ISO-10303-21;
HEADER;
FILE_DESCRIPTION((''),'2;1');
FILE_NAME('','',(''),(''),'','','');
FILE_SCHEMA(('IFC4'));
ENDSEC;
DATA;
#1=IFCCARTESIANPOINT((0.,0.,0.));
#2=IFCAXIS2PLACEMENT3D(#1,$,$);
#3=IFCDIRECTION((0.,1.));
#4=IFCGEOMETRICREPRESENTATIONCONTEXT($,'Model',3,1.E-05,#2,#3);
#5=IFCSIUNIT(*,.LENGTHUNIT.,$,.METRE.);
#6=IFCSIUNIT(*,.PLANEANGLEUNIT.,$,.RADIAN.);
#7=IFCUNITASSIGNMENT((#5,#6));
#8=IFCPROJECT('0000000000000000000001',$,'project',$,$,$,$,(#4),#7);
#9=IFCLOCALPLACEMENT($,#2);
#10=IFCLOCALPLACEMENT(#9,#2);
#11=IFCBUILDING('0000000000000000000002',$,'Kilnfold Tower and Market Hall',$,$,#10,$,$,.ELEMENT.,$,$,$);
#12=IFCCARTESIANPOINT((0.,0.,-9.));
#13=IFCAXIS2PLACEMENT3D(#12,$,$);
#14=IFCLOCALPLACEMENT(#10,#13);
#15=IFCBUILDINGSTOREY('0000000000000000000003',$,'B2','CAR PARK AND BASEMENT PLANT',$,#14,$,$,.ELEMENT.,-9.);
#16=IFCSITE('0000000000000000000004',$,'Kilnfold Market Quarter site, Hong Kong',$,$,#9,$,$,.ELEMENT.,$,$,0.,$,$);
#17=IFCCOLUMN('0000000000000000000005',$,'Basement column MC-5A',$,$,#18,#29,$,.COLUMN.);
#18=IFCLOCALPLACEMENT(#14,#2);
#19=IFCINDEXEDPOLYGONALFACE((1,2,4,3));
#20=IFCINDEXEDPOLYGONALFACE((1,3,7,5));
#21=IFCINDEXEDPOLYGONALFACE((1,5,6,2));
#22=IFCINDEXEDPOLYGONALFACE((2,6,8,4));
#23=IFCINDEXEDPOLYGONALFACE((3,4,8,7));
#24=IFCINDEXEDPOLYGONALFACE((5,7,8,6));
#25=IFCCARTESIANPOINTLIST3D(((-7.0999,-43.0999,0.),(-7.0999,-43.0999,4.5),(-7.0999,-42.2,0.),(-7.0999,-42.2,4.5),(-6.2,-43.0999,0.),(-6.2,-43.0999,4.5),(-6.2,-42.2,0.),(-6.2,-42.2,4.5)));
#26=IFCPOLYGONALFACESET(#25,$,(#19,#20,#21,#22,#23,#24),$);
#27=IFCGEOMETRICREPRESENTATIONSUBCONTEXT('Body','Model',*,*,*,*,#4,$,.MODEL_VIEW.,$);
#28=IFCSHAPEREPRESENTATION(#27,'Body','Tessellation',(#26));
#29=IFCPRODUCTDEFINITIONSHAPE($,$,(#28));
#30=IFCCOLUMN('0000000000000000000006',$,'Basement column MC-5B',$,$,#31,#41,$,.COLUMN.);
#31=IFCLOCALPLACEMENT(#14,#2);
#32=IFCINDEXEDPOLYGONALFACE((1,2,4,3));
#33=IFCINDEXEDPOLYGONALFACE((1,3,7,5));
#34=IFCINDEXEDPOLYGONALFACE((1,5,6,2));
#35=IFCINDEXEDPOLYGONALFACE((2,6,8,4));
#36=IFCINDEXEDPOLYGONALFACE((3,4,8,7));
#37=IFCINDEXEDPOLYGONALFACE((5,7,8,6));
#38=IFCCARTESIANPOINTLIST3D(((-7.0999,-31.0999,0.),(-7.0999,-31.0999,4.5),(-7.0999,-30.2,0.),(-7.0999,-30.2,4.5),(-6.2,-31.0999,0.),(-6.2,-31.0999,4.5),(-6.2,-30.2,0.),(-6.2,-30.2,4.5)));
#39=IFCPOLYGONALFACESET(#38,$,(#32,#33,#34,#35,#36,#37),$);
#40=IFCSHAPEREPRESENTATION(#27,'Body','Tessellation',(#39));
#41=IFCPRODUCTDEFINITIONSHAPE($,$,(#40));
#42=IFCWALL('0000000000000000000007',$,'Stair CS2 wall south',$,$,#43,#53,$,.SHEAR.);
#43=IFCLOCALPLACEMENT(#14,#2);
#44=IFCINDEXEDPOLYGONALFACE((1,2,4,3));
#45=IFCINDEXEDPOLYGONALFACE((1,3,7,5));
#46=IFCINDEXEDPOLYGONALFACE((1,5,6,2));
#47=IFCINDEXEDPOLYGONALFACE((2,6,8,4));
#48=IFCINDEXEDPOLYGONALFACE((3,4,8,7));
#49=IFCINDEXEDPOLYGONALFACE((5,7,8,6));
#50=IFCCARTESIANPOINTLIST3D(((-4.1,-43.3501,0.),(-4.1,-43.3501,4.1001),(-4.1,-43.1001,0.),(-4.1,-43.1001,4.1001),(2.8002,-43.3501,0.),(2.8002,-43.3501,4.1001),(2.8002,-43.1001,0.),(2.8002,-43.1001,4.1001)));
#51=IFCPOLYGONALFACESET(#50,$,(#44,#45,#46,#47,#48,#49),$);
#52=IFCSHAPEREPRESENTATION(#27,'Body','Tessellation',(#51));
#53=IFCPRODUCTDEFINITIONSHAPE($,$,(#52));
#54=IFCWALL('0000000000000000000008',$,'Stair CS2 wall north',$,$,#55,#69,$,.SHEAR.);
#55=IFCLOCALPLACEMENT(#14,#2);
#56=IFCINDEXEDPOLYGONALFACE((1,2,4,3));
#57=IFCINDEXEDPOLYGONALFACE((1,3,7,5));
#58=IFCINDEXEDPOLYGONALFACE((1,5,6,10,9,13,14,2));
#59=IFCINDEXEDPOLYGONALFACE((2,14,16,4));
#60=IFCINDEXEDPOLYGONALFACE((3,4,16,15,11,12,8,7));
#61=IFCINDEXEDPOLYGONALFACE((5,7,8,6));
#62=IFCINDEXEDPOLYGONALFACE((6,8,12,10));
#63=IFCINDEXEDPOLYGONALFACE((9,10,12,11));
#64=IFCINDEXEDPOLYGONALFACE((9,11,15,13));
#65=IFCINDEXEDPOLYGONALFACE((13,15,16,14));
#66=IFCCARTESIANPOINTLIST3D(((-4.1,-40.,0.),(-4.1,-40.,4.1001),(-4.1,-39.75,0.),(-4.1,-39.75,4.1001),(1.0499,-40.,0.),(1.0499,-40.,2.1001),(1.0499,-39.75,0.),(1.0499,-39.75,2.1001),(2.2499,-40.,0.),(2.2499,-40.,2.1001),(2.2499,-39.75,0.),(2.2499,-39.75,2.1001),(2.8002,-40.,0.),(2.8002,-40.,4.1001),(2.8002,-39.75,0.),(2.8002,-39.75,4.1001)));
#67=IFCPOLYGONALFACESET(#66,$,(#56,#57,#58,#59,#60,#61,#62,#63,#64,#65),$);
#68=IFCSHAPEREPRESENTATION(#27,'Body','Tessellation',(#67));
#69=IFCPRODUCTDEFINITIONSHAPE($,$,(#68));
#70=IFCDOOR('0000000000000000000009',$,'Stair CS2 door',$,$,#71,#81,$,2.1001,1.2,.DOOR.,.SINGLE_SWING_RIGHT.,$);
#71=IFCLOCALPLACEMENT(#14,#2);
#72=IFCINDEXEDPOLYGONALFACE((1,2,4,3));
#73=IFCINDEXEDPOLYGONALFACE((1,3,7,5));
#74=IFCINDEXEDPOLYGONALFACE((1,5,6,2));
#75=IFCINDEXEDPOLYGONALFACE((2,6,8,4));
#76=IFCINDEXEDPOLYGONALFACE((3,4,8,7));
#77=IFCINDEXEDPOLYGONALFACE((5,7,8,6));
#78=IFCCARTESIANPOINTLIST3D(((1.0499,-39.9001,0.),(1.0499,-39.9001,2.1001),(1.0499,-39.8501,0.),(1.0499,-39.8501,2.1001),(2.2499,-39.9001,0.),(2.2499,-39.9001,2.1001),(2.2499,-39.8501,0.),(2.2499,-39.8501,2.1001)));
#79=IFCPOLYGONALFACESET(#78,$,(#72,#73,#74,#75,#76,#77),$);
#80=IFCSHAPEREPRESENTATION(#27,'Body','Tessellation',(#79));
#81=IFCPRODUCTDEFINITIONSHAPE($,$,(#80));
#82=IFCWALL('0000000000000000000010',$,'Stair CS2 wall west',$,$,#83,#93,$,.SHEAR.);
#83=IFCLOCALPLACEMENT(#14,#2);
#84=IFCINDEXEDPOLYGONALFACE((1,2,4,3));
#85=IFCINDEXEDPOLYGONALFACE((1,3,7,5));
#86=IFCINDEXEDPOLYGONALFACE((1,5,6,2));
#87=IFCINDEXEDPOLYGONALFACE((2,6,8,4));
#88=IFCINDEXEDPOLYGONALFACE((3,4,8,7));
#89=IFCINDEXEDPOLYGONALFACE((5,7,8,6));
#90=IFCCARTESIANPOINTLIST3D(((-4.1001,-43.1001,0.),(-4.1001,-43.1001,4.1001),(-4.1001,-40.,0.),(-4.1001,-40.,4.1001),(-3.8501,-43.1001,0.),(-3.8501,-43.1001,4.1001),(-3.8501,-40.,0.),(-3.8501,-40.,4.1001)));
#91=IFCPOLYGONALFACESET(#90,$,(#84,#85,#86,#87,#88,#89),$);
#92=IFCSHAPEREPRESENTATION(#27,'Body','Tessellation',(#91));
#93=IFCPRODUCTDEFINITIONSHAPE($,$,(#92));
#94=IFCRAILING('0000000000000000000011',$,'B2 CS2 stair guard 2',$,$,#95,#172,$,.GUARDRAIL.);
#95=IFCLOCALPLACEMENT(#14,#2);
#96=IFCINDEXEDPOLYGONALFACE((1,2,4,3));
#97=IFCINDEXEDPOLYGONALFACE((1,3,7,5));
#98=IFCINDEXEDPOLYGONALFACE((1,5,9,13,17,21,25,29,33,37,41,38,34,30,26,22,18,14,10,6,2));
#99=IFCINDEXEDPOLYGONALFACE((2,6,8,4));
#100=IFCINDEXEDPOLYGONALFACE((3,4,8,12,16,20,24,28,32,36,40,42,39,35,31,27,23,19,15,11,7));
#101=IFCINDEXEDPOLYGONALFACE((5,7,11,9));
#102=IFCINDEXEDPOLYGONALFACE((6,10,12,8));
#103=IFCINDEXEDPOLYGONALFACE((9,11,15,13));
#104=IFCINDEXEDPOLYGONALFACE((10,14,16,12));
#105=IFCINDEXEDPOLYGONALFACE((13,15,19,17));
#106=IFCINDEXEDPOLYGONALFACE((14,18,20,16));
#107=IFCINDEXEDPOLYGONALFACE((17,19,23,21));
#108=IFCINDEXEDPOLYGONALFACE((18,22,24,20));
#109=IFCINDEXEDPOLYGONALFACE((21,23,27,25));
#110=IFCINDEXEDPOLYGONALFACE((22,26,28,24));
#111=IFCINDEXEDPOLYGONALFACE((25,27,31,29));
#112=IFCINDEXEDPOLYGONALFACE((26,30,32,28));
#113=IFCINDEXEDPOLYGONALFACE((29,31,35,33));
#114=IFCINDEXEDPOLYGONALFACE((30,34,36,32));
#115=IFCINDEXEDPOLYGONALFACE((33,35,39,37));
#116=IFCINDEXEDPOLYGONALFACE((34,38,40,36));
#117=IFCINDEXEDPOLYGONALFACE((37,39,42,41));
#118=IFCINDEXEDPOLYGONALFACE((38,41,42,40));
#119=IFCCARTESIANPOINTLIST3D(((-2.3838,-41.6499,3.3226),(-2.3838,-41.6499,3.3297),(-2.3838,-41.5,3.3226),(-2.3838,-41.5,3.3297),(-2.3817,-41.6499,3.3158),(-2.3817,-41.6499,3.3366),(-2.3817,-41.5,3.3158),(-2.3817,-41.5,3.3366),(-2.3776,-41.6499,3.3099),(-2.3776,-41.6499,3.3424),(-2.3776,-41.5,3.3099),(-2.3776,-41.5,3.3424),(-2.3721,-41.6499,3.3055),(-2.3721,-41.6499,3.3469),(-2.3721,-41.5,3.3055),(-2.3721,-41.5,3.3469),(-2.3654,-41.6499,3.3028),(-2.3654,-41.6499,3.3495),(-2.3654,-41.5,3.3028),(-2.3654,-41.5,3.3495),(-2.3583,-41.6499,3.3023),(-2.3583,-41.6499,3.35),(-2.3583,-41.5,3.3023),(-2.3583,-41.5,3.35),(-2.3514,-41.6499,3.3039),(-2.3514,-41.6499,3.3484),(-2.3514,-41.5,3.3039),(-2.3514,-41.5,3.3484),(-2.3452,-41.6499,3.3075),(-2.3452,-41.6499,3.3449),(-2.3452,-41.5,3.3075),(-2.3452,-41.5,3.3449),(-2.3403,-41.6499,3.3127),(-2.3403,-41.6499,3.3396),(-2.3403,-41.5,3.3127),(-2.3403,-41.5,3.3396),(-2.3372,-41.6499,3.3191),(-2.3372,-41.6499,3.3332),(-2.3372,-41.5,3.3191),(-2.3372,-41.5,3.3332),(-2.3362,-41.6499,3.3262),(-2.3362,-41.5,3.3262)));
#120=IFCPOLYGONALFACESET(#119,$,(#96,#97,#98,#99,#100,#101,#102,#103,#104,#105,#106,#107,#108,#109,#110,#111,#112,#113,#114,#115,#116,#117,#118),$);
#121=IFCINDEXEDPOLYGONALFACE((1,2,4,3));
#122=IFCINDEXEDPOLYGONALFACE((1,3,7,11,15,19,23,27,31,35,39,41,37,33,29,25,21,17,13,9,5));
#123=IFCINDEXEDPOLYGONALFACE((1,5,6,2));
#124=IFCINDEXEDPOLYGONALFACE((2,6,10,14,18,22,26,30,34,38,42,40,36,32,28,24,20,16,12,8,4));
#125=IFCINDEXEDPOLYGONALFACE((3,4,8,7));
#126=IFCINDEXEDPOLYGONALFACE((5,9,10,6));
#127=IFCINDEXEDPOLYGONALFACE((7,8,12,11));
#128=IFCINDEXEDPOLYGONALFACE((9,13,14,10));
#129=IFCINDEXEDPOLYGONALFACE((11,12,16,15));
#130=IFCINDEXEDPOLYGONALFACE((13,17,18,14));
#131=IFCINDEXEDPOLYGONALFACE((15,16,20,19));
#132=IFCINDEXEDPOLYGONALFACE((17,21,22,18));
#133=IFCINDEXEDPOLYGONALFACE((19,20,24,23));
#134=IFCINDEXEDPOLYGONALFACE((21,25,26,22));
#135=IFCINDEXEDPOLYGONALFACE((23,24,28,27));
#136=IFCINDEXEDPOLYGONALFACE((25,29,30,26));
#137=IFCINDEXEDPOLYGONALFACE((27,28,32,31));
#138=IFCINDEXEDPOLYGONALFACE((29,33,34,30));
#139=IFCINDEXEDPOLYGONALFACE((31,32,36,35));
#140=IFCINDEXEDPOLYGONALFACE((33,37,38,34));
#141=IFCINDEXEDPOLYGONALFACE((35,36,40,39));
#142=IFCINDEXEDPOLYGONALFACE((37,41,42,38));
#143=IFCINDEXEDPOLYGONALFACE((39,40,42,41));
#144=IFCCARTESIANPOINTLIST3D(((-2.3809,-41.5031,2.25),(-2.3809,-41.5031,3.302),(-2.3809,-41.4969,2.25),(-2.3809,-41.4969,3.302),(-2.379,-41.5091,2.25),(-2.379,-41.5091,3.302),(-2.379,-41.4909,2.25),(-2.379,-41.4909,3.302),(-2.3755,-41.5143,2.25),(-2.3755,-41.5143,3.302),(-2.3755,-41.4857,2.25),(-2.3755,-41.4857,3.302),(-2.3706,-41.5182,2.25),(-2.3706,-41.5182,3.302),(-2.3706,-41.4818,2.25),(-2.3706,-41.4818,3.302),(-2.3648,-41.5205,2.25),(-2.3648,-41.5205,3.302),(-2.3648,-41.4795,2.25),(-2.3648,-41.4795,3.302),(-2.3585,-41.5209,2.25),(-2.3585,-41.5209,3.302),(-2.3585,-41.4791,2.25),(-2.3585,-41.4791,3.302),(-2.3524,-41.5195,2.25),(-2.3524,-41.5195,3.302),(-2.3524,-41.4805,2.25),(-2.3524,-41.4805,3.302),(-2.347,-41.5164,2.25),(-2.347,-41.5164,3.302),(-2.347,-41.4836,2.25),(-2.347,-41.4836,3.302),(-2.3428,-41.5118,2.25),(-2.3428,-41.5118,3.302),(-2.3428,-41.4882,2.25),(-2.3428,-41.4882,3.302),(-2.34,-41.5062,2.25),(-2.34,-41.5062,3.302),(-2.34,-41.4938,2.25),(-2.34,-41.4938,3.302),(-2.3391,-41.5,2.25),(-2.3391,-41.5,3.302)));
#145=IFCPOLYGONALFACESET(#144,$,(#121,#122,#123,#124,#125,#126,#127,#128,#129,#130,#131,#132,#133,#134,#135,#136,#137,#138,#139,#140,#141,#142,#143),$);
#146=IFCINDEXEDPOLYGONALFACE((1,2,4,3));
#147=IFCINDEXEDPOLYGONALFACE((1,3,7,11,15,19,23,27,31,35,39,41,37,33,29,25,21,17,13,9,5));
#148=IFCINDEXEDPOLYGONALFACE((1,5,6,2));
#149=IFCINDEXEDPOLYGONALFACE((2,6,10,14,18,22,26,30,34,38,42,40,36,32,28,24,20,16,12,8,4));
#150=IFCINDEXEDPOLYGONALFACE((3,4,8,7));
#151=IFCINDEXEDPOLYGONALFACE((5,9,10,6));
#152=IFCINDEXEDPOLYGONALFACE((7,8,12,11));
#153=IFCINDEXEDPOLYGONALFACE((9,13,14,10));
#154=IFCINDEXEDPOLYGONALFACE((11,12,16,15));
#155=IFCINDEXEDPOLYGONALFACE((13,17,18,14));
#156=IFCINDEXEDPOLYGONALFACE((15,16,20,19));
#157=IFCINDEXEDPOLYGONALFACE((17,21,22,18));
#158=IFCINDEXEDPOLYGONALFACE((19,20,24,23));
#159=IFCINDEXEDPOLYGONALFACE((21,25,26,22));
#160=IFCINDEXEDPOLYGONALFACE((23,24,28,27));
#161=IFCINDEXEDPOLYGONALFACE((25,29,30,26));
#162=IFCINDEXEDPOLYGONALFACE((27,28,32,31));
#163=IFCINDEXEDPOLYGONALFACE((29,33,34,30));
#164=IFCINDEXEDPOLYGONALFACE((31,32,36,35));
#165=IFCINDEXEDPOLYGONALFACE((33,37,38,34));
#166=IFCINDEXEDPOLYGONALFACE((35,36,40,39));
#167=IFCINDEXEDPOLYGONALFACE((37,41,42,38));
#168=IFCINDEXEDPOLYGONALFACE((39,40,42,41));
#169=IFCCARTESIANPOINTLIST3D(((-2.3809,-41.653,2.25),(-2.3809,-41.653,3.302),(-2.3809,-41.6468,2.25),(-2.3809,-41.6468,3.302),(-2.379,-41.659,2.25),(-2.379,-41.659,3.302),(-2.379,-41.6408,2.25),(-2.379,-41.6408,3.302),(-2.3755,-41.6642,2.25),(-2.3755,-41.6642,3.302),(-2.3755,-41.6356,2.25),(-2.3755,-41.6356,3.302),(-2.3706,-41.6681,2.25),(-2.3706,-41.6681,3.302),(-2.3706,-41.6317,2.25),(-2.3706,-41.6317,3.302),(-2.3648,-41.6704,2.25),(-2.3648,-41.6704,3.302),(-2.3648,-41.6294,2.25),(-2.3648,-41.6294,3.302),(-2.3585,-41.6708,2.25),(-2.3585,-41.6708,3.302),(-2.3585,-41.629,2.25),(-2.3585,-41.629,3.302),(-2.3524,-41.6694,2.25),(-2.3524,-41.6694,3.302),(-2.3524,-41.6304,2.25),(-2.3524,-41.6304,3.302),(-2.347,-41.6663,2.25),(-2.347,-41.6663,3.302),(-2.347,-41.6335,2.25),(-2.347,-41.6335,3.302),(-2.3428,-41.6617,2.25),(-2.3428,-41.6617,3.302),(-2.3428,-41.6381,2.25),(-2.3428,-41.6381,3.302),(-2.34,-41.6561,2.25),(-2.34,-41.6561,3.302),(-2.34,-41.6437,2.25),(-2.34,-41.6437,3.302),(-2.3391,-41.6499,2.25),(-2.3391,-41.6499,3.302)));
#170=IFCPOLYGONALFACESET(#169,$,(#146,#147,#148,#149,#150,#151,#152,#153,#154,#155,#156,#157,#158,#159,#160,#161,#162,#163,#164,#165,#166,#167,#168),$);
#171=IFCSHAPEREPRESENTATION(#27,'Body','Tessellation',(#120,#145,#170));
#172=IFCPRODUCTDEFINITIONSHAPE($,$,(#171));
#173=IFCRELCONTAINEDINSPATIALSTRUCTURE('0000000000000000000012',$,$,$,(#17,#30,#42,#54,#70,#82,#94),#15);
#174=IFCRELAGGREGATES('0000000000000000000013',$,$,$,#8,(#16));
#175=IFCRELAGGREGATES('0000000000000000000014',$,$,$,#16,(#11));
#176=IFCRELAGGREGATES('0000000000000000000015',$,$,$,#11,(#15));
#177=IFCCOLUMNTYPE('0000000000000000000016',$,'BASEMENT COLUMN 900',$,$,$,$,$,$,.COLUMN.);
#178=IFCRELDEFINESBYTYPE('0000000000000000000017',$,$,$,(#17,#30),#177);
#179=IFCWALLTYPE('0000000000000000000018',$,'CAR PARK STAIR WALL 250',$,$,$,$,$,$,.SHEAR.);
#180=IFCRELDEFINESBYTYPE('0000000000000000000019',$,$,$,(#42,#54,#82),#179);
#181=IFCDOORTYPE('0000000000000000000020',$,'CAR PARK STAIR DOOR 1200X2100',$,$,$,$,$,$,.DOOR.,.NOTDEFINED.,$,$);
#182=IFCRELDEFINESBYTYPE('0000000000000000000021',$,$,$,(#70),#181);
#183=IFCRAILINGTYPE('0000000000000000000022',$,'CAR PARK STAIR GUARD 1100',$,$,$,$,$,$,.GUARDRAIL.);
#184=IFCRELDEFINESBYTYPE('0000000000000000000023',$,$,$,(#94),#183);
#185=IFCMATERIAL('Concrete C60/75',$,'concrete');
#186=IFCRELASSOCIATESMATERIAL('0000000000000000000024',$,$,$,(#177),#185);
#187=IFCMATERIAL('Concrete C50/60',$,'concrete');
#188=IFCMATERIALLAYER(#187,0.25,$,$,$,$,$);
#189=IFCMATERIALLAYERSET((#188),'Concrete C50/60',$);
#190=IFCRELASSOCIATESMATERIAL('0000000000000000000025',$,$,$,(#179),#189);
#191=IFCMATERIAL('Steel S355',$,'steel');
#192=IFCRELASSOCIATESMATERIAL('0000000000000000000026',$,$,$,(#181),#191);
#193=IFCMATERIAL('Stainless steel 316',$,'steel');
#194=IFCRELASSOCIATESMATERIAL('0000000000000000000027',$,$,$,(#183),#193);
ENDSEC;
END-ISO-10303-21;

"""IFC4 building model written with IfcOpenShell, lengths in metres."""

from ifc_helpers import new_model, si_unit, direction, frame, frame_2d, origin, origin_2d, place, context, subcontext, project, spatial, rectangle, circle, extrude, source, transform, mapped, material, layer, layer_set, material_profile, profile_set, type_object, element, fill, save


model = new_model("IFC4")

# Units and contexts
model_context = context("Model", 3, precision=1e-05, world=origin(), true_north=direction((0.0, 1.0)))
body_context = subcontext(model_context, "Body", "Model", "MODEL_VIEW")
ifc_project = project(units=[si_unit("LENGTHUNIT", "METRE"), si_unit("PLANEANGLEUNIT", "RADIAN")], contexts=[model_context])

# Site, building, storey
site_placement = place(None, origin())
site = spatial("IfcSite", under=ifc_project, at=site_placement, Name="Kilnfold Market Quarter site, Hong Kong", CompositionType="ELEMENT", RefElevation=0.0)
building_placement = place(site_placement, origin())
building = spatial("IfcBuilding", under=site, at=building_placement, Name="Kilnfold Tower and Market Hall", CompositionType="ELEMENT")
storey_placement = place(building_placement, frame((0.0, 0.0, -9.0)))
storey = spatial("IfcBuildingStorey", under=building, at=storey_placement, Name="B2", Description="CAR PARK AND BASEMENT PLANT", CompositionType="ELEMENT", Elevation=-9.0)

# Columns
ifc_material_1 = material(Name="Concrete C60/75", Category="concrete")
ifc_material_profile_1 = material_profile(ifc_material_1, rectangle(XDim=0.8999, YDim=0.8999, at=origin_2d()), Name="RC 900x900")
ifc_profile_set_1 = profile_set([ifc_material_profile_1], Name="Concrete C60/75")
column_type_1 = type_object("IfcColumnType", Name="BASEMENT COLUMN 900", PredefinedType="COLUMN", material=ifc_profile_set_1)
shared_shape_1 = source(origin(), body_context, "Body", "SweptSolid", [
    extrude(rectangle(XDim=0.8999, YDim=0.8999, at=origin_2d()), origin(), (0.0, 0.0, 1.0), 4.5),
])
for number, where, z_axis, x_axis, name in (
    (1, (-6.6499, -42.6499, 0.0), (0.0, 0.0, 1.0), (1.0, 0.0, 0.0), "Basement column MC-5A"),
    (2, (-6.6499, -30.6499, 0.0), (0.0, 0.0, 1.0), (1.0, 0.0, 0.0), "Basement column MC-5B"),
):
    element("IfcColumn", number, at=place(storey_placement, frame(where, z_axis=z_axis, x_axis=x_axis)), inside=storey, type_object=column_type_1, Name=name, PredefinedType="COLUMN", context=body_context, shape_type="MappedRepresentation", body=[
        mapped(shared_shape_1, transform((0.0, 0.0, 0.0))),
    ])

# Wall
ifc_material_2 = material(Name="Concrete C50/60", Category="concrete")
ifc_layer = layer(ifc_material_2, 0.25)
ifc_layer_set = layer_set([ifc_layer], Name="Concrete C50/60")
wall_type = type_object("IfcWallType", Name="CAR PARK STAIR WALL 250", PredefinedType="SHEAR", material=ifc_layer_set)
shared_shape_2 = source(origin(), body_context, "Body", "SweptSolid", [
    extrude(rectangle(XDim=6.9001, YDim=0.25, at=frame_2d((3.4502, 0.0))), origin(), (0.0, 0.0, 1.0), 4.1001),
])
wall_1_placement = place(storey_placement, frame((-4.1001, -43.2251, 0.0), z_axis=(0.0, 0.0, 1.0), x_axis=(1.0, 0.0, 0.0)))
element("IfcWall", 3, at=wall_1_placement, inside=storey, type_object=wall_type, Name="Stair CS2 wall south", PredefinedType="SHEAR", context=body_context, shape_type="MappedRepresentation", body=[
    mapped(shared_shape_2, transform((0.0, 0.0, 0.0))),
])

# Wall, opening, door
wall_2_placement = place(storey_placement, frame((-4.1001, -39.875, 0.0), z_axis=(0.0, 0.0, 1.0), x_axis=(1.0, 0.0, 0.0)))
wall_2 = element("IfcWall", 4, at=wall_2_placement, inside=storey, type_object=wall_type, Name="Stair CS2 wall north", PredefinedType="SHEAR", context=body_context, shape_type="MappedRepresentation", body=[
    mapped(shared_shape_2, transform((0.0, 0.0, 0.0))),
])
opening_placement = place(wall_2_placement, frame((5.1499, 0.0, 0.0)))
opening = element("IfcOpeningElement", 5, at=opening_placement, cuts=wall_2, PredefinedType="OPENING", context=body_context, shape_type="SweptSolid", body=[
    extrude(rectangle(XDim=1.2, YDim=2.1001, at=frame_2d((0.6001, 1.05))), frame((0.0, 0.135, 0.0), z_axis=(0.0, -1.0, 0.0), x_axis=(1.0, 0.0, 0.0)), (0.0, 0.0, 1.0), 0.27),
])
ifc_material_3 = material(Name="Steel S355", Category="steel")
door_type = type_object("IfcDoorType", Name="CAR PARK STAIR DOOR 1200X2100", OperationType="NOTDEFINED", PredefinedType="DOOR", material=ifc_material_3)
door_placement = place(opening_placement, origin())
door = element("IfcDoor", 6, at=door_placement, inside=storey, type_object=door_type, Name="Stair CS2 door", OperationType="SINGLE_SWING_RIGHT", OverallHeight=2.1001, OverallWidth=1.2, PredefinedType="DOOR", context=body_context, shape_type="SweptSolid", body=[
    extrude(rectangle(XDim=1.2, YDim=2.1001, at=frame_2d((0.6001, 1.05))), frame((0.0, 0.0249, 0.0), z_axis=(0.0, -1.0, 0.0), x_axis=(1.0, 0.0, 0.0)), (0.0, 0.0, 1.0), 0.05),
])
fill(opening, door)

# Wall
shared_shape_3 = source(origin(), body_context, "Body", "SweptSolid", [
    extrude(rectangle(XDim=3.1001, YDim=0.25, at=frame_2d((1.55, 0.0))), origin(), (0.0, 0.0, 1.0), 4.1001),
])
wall_3_placement = place(storey_placement, frame((-3.9751, -43.1001, 0.0), z_axis=(0.0, 0.0, 1.0), x_axis=(0.0, 1.0, 0.0)))
element("IfcWall", 7, at=wall_3_placement, inside=storey, type_object=wall_type, Name="Stair CS2 wall west", PredefinedType="SHEAR", context=body_context, shape_type="MappedRepresentation", body=[
    mapped(shared_shape_3, transform((0.0, 0.0, 0.0))),
])

# Railing
ifc_material_4 = material(Name="Stainless steel 316", Category="steel")
railing_type_1 = type_object("IfcRailingType", Name="CAR PARK STAIR GUARD 1100", PredefinedType="GUARDRAIL", material=ifc_material_4)
railing_1_placement = place(storey_placement, frame((-2.3601, -41.5, 2.25)))
element("IfcRailing", 8, at=railing_1_placement, inside=storey, type_object=railing_type_1, Name="B2 CS2 stair guard 2", PredefinedType="GUARDRAIL", context=body_context, shape_type="SweptSolid", body=[
    extrude(circle(Radius=0.0239, at=origin_2d()), frame((0.0, 0.0, 1.0762), z_axis=(0.0, -1.0, 0.0), x_axis=(1.0, 0.0, 0.0)), (0.0, 0.0, 1.0), 0.1499),
    extrude(circle(Radius=0.021, at=origin_2d()), origin(), (0.0, 0.0, 1.0), 1.052),
    extrude(circle(Radius=0.021, at=origin_2d()), frame((0.0, -0.1499, 0.0)), (0.0, 0.0, 1.0), 1.052),
])

save(model, "model.ifc")
